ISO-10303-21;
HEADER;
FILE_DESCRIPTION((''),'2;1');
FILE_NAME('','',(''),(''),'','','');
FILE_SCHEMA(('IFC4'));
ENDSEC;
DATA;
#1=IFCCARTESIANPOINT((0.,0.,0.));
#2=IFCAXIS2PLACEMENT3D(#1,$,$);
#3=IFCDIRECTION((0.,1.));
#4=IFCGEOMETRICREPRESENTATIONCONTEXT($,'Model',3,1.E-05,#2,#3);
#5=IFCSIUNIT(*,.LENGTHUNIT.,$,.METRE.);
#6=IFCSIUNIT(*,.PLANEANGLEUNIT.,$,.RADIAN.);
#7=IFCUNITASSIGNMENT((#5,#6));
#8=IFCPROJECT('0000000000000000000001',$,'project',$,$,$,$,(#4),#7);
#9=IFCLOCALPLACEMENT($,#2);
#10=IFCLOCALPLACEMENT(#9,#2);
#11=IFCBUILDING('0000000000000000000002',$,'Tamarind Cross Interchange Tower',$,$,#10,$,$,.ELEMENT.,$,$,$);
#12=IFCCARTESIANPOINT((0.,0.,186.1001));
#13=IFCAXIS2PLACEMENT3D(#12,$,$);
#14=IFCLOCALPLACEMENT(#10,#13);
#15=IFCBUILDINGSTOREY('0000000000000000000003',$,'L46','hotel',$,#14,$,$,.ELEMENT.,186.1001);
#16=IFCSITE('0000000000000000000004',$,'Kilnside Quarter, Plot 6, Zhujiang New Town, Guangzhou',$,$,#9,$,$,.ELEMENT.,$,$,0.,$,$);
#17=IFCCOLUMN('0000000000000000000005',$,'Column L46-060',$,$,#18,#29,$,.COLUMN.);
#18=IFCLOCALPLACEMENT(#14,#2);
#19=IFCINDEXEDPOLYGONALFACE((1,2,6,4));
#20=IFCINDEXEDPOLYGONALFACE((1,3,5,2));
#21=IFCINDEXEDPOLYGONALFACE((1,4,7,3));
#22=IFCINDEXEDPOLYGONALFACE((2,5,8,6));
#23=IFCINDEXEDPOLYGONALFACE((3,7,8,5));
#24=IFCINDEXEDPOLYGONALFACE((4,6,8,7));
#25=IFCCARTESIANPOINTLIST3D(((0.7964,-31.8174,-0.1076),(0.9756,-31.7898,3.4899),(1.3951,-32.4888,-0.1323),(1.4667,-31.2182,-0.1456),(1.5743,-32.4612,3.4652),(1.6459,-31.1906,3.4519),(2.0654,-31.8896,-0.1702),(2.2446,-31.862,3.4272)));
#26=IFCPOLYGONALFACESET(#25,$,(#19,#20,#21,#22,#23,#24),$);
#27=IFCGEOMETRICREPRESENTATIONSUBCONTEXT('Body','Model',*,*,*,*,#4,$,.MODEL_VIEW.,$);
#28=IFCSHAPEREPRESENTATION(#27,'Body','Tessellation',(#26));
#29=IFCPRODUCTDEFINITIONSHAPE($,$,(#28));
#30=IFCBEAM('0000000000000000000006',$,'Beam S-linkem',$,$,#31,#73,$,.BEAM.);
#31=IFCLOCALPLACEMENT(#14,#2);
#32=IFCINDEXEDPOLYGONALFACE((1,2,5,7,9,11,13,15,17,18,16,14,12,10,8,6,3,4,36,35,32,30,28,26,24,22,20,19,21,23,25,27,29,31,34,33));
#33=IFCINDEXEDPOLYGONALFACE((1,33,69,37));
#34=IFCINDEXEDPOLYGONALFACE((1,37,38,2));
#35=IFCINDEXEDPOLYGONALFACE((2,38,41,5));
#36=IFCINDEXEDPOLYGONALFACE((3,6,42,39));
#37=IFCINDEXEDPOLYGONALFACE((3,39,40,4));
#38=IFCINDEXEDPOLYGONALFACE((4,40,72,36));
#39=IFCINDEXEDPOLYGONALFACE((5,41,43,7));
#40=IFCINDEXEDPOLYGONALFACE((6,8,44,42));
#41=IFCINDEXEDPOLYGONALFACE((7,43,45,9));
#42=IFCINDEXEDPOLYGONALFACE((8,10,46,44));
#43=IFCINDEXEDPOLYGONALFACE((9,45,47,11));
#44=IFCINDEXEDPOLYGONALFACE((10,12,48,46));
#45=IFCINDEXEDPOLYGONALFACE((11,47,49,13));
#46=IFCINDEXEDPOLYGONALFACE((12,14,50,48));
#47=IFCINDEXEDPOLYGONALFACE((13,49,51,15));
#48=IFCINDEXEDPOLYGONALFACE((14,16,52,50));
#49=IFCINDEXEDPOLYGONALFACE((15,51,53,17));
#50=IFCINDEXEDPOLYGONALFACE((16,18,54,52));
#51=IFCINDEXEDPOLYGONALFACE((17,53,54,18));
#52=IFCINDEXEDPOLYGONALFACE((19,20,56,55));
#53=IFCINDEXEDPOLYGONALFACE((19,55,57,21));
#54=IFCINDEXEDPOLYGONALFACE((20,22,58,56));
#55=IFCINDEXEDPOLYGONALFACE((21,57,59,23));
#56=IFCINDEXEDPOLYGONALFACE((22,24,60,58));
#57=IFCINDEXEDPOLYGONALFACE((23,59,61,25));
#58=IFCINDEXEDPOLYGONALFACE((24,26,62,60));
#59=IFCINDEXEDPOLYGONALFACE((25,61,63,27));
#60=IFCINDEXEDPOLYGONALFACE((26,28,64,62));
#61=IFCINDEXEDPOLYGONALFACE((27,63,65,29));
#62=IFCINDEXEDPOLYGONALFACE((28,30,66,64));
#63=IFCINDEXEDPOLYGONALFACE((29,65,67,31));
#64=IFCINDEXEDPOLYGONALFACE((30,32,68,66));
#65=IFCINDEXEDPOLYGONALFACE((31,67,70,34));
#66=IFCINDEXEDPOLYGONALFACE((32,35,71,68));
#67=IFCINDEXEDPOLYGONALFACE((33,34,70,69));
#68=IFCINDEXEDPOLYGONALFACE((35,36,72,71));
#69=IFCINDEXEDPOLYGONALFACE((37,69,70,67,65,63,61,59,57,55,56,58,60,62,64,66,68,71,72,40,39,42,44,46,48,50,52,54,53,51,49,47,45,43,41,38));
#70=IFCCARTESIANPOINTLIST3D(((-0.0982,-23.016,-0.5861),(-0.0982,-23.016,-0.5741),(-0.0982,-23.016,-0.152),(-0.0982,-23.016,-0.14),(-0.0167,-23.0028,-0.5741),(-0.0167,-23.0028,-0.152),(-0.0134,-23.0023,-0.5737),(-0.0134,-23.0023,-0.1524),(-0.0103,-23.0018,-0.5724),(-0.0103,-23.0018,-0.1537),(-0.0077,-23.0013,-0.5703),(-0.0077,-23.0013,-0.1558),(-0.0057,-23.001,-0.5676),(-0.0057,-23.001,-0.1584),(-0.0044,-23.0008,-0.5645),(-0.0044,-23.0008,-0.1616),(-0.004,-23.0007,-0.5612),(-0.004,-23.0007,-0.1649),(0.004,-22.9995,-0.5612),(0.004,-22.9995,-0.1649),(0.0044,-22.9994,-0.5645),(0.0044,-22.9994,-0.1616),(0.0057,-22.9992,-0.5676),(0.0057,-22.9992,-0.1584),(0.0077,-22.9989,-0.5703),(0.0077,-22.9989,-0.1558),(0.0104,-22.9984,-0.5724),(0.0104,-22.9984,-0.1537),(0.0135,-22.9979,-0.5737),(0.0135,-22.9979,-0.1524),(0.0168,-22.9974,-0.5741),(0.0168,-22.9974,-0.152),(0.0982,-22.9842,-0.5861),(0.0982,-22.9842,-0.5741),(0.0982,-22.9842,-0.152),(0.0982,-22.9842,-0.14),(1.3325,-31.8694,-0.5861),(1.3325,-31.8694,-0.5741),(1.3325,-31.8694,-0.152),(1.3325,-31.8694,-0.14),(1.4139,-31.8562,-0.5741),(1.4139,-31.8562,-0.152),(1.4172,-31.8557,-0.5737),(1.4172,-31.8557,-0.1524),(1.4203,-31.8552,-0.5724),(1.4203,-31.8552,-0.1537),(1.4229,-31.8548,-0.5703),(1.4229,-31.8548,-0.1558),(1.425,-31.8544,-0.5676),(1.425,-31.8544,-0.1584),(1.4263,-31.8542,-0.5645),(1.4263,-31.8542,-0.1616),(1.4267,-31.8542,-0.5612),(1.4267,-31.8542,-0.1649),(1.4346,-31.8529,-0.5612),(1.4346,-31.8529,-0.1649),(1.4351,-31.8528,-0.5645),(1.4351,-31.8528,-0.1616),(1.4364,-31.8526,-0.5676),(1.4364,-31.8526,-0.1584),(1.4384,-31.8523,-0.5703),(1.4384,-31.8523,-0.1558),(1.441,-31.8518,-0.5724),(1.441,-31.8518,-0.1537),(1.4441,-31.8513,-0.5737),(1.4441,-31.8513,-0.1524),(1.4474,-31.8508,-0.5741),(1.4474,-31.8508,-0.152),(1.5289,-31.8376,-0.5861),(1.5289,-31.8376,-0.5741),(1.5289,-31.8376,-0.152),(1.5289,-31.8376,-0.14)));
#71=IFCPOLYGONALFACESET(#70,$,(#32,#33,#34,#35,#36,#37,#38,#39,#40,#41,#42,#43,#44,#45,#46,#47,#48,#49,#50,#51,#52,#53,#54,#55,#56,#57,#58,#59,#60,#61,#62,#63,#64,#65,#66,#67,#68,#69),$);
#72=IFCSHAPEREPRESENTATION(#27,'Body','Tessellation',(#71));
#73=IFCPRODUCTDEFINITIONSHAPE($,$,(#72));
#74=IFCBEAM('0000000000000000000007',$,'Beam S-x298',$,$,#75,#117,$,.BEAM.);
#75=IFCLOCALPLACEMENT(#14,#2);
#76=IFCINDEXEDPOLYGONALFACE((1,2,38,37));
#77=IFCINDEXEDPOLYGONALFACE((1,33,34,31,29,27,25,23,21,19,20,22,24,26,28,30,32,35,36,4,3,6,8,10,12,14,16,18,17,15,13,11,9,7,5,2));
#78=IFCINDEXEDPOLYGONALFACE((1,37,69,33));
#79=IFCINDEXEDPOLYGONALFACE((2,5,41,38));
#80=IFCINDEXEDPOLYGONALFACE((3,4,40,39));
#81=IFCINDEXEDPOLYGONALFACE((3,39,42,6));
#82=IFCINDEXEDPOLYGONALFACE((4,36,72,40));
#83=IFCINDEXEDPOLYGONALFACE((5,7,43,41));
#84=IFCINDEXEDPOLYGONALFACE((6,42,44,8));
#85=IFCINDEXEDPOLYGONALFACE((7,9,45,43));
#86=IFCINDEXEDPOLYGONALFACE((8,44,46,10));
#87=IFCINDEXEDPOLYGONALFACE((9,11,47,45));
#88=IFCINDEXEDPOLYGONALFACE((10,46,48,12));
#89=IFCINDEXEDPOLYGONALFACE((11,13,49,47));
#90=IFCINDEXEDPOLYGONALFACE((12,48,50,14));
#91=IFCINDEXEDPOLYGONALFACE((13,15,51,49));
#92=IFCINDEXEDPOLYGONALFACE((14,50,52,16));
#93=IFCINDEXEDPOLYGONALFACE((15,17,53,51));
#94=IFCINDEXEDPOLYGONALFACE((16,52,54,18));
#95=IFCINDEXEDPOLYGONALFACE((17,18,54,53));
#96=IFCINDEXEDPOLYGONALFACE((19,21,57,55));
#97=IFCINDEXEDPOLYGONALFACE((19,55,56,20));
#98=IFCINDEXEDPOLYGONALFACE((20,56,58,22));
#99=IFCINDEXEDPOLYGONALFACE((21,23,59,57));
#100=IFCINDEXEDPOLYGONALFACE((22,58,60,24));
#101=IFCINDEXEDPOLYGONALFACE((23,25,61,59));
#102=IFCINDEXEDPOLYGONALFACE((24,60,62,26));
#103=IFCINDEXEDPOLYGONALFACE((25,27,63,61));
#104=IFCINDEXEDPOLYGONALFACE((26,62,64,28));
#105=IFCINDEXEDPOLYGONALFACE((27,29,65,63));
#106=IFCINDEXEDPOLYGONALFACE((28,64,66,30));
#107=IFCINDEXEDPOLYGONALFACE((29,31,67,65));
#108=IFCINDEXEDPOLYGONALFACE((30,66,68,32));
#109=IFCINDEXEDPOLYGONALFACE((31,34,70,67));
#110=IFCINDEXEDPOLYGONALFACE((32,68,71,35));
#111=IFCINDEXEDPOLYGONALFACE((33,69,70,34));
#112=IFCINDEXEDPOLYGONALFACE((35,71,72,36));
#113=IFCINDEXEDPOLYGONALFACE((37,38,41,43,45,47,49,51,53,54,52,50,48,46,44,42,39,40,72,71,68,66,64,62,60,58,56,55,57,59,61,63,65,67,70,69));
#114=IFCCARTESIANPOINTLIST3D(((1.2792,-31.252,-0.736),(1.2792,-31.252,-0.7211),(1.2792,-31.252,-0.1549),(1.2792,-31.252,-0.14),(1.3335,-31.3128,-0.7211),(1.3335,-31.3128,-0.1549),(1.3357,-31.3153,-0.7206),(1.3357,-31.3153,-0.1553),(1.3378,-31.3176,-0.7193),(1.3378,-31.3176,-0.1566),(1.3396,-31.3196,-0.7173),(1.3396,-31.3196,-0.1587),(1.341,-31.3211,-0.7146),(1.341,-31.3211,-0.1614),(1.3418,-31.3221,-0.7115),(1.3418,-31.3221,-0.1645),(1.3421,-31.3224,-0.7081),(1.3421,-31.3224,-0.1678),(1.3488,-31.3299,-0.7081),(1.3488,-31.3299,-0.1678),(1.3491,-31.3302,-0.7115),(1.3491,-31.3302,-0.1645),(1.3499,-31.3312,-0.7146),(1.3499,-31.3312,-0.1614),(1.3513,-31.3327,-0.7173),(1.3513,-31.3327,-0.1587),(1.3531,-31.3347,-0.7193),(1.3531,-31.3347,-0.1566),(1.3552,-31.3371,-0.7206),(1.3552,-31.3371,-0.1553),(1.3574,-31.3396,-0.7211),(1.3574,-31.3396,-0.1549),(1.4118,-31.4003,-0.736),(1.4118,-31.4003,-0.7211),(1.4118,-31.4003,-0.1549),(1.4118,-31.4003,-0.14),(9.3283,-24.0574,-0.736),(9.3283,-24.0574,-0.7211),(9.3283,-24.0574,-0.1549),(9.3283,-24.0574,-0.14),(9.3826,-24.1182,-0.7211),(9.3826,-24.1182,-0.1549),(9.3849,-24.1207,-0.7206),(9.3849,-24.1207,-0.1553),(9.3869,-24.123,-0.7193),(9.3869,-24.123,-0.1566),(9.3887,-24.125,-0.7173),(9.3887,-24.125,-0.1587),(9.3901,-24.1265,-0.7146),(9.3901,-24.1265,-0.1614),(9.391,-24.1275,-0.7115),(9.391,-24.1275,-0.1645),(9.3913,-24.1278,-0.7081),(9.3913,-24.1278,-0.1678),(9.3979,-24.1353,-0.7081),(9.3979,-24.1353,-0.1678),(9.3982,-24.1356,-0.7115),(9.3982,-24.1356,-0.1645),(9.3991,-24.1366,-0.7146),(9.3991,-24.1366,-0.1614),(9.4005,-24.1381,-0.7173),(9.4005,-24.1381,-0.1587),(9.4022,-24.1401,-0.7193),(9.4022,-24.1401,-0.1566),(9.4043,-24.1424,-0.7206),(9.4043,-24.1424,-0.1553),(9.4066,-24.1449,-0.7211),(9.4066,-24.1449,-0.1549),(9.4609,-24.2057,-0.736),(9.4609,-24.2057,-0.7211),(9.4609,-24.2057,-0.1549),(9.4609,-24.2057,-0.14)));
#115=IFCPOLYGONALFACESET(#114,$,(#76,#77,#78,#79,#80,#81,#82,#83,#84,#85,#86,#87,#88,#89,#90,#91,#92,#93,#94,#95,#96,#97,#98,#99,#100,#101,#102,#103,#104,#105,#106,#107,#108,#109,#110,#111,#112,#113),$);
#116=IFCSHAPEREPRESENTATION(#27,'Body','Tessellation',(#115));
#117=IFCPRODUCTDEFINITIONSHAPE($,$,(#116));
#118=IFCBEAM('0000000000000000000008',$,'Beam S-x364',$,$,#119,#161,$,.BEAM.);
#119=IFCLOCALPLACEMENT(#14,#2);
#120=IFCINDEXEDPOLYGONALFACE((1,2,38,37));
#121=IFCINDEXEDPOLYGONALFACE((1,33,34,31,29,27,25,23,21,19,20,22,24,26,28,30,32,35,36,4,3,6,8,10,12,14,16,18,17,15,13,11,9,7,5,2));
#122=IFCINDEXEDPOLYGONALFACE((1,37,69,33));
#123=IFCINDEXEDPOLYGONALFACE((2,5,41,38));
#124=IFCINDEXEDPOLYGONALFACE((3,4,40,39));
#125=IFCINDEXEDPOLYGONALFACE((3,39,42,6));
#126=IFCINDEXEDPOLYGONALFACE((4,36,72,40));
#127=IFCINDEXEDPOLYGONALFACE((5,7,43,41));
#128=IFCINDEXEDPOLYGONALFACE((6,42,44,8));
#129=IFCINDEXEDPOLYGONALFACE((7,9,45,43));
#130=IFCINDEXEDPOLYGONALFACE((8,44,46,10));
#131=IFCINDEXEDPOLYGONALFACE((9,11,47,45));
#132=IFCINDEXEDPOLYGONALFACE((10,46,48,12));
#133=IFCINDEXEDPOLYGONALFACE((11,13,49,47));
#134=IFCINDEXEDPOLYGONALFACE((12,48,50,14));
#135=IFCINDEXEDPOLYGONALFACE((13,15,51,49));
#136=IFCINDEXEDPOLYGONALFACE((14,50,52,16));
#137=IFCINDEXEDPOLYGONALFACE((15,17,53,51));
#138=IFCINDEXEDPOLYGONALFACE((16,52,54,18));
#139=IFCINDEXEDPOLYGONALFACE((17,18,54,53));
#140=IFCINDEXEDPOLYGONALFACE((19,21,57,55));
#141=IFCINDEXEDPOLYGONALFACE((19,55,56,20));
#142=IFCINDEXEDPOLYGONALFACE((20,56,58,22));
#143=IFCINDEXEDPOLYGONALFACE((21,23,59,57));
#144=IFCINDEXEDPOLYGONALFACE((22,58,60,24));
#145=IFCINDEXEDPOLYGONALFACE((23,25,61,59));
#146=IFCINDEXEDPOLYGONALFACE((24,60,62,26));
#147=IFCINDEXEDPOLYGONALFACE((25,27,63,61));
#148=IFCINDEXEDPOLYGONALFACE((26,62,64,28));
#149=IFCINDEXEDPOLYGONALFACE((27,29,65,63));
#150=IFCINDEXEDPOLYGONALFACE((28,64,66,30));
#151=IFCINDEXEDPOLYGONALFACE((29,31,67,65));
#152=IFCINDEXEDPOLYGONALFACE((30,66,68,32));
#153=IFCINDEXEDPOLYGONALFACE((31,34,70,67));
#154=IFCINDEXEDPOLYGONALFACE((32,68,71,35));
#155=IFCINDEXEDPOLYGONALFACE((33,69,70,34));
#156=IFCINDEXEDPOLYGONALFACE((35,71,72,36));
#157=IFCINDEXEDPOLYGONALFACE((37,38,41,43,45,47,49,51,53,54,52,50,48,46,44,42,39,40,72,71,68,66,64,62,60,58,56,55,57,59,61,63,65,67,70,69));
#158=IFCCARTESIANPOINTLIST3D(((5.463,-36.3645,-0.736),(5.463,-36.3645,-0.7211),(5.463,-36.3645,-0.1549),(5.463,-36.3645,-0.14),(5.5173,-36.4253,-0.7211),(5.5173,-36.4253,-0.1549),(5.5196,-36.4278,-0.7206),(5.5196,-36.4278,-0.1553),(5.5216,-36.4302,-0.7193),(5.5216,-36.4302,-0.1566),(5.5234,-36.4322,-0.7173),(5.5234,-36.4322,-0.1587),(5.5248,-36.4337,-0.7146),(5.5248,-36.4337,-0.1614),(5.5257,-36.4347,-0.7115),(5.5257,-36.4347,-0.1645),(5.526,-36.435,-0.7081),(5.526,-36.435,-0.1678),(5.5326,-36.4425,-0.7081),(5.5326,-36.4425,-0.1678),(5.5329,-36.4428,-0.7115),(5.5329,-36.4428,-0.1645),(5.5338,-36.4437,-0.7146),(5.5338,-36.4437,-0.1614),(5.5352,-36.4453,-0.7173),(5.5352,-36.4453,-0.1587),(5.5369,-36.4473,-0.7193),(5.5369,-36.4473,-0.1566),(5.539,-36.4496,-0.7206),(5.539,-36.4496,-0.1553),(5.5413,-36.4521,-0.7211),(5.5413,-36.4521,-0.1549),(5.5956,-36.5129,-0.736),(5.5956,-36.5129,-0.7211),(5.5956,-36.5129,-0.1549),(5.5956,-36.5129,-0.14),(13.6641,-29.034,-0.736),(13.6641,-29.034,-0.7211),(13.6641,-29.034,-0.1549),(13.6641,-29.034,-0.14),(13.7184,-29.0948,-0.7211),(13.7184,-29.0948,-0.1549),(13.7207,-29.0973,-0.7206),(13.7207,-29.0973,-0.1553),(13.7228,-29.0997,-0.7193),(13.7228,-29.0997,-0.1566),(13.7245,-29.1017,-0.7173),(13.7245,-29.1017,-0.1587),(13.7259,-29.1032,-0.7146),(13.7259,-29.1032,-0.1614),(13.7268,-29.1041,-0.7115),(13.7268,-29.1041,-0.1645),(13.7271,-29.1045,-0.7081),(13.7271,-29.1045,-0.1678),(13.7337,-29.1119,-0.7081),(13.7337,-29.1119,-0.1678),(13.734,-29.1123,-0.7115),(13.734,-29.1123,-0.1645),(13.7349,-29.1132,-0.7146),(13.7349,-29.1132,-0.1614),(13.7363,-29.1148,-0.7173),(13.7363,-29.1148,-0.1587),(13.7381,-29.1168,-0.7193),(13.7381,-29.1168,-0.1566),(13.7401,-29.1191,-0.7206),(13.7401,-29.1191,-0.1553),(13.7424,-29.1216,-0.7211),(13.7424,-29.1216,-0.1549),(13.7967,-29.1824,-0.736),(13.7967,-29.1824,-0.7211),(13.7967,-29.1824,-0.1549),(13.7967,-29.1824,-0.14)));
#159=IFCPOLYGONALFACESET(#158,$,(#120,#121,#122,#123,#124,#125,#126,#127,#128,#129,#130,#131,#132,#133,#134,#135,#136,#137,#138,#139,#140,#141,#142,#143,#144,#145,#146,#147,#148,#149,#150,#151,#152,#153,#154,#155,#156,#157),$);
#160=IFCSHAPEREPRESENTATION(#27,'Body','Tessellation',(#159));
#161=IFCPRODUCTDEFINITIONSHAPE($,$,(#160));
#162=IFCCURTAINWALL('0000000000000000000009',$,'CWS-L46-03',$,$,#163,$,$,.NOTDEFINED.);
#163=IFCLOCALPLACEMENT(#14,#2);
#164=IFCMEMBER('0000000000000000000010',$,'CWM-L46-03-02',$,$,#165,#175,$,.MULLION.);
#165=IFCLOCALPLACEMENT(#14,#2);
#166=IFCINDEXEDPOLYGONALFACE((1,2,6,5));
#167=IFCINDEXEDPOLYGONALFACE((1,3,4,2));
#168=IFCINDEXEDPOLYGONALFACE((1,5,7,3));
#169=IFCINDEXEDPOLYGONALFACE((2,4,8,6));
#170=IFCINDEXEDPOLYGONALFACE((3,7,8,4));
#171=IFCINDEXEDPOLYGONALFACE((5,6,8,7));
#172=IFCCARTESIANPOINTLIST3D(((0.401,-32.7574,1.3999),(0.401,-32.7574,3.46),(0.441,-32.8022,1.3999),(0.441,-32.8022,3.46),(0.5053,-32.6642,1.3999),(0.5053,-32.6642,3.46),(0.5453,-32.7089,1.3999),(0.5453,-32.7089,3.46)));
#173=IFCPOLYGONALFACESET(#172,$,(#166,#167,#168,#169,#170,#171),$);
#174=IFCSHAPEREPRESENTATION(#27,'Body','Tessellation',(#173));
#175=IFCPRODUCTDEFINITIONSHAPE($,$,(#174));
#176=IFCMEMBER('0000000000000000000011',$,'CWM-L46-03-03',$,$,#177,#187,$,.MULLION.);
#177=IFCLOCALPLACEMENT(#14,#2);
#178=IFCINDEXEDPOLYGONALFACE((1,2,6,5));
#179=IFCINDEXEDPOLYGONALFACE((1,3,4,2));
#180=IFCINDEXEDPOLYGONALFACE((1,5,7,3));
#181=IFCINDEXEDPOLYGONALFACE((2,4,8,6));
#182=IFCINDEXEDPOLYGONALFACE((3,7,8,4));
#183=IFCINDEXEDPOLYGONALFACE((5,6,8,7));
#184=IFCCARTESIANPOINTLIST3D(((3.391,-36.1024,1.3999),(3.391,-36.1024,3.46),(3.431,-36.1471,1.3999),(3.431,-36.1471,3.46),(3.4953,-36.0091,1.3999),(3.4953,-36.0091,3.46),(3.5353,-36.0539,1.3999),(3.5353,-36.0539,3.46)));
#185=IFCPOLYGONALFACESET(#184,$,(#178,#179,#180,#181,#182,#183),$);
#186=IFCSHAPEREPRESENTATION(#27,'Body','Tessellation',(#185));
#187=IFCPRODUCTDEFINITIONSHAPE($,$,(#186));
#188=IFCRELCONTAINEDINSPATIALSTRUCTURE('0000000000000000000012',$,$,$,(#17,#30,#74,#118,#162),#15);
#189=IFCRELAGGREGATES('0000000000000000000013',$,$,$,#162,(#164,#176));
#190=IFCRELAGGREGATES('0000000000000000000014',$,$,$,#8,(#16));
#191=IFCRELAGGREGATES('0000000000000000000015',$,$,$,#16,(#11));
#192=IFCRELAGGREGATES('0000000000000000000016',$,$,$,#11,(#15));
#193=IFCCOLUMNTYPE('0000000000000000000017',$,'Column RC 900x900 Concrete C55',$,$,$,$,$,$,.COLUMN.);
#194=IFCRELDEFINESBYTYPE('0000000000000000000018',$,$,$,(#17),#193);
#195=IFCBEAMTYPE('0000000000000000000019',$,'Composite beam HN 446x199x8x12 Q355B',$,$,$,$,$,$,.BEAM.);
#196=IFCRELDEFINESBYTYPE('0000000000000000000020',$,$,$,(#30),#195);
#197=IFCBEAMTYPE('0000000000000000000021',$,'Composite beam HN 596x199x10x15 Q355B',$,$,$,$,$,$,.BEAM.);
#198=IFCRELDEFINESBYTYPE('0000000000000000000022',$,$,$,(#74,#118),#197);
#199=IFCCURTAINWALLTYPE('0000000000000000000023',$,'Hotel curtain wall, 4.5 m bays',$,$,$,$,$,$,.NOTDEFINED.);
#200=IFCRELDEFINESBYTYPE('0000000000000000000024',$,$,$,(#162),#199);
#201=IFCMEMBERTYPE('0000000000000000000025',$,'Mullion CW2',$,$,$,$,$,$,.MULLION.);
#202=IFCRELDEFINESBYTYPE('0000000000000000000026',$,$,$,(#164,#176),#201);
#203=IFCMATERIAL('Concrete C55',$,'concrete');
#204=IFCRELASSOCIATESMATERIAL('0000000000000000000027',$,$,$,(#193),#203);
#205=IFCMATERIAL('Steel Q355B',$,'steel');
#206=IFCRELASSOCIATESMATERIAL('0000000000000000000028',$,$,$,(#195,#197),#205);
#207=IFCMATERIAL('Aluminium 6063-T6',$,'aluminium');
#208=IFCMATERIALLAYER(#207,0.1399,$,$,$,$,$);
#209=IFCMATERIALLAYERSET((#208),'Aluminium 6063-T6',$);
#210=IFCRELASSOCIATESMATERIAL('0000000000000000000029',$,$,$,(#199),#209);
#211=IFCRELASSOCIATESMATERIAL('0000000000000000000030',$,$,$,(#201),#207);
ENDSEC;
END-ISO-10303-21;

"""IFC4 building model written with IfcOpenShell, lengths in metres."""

from ifc_helpers import new_model, si_unit, direction, frame, origin, origin_2d, place, context, subcontext, project, spatial, rectangle, i_section, extrude, material, layer, layer_set, material_profile, profile_set, type_object, element, aggregate, save


model = new_model("IFC4")

# Units and contexts
model_context = context("Model", 3, precision=1e-05, world=origin(), true_north=direction((0.0, 1.0)))
body_context = subcontext(model_context, "Body", "Model", "MODEL_VIEW")
ifc_project = project(units=[si_unit("LENGTHUNIT", "METRE"), si_unit("PLANEANGLEUNIT", "RADIAN")], contexts=[model_context])

# Site, building, storey
site_placement = place(None, origin())
site = spatial("IfcSite", under=ifc_project, at=site_placement, Name="Kilnside Quarter, Plot 6, Zhujiang New Town, Guangzhou", CompositionType="ELEMENT", RefElevation=0.0)
building_placement = place(site_placement, origin())
building = spatial("IfcBuilding", under=site, at=building_placement, Name="Tamarind Cross Interchange Tower", CompositionType="ELEMENT")
storey_placement = place(building_placement, frame((0.0, 0.0, 186.1001)))
storey = spatial("IfcBuildingStorey", under=building, at=storey_placement, Name="L46", Description="hotel", CompositionType="ELEMENT", Elevation=186.1001)

# Column
ifc_material_1 = material(Name="Concrete C55", Category="concrete")
ifc_material_profile_1 = material_profile(ifc_material_1, rectangle(XDim=0.8999, YDim=0.8999, at=origin_2d()), Name="RC 900x900")
ifc_profile_set_1 = profile_set([ifc_material_profile_1], Name="Concrete C55")
column_type = type_object("IfcColumnType", Name="Column RC 900x900 Concrete C55", PredefinedType="COLUMN", material=ifc_profile_set_1)
column_placement = place(storey_placement, frame((1.4309, -31.8535, -0.1389), z_axis=(0.04975, 0.007659, 0.998732), x_axis=(-0.665331, 0.746045, 0.027421)))
element("IfcColumn", 1, at=column_placement, inside=storey, type_object=column_type, Name="Column L46-060", PredefinedType="COLUMN", context=body_context, shape_type="SweptSolid", body=[
    extrude(rectangle(XDim=0.8999, YDim=0.8999, at=origin_2d()), origin(), (0.0, 0.0, 1.0), 3.6021),
])

# Beams
ifc_material_2 = material(Name="Steel Q355B", Category="steel")
ifc_material_profile_2 = material_profile(ifc_material_2, i_section(OverallWidth=0.199, OverallDepth=0.446, WebThickness=0.0081, FlangeThickness=0.012, FilletRadius=0.0129, at=origin_2d()), Name="HN 446x199x8x12")
ifc_profile_set_2 = profile_set([ifc_material_profile_2], Name="Steel Q355B")
beam_type_1 = type_object("IfcBeamType", Name="Composite beam HN 446x199x8x12 Q355B", PredefinedType="BEAM", material=ifc_profile_set_2)
beam_1_placement = place(storey_placement, frame((1.4307, -31.8535, -0.363), z_axis=(-0.159523, 0.987194, 0.0), x_axis=(-0.987194, -0.159523, 0.0)))
element("IfcBeam", 2, at=beam_1_placement, inside=storey, type_object=beam_type_1, Name="Beam S-linkem", PredefinedType="BEAM", context=body_context, shape_type="SweptSolid", body=[
    extrude(i_section(OverallWidth=0.199, OverallDepth=0.446, WebThickness=0.0081, FlangeThickness=0.012, FilletRadius=0.0129, at=origin_2d()), origin(), (0.0, 0.0, 1.0), 8.9683),
])
ifc_material_profile_3 = material_profile(ifc_material_2, i_section(OverallWidth=0.199, OverallDepth=0.5959, WebThickness=0.01, FlangeThickness=0.0149, FilletRadius=0.0129, at=origin_2d()), Name="HN 596x199x10x15")
ifc_profile_set_3 = profile_set([ifc_material_profile_3], Name="Steel Q355B")
beam_type_2 = type_object("IfcBeamType", Name="Composite beam HN 596x199x10x15 Q355B", PredefinedType="BEAM", material=ifc_profile_set_3)
beam_2_placement = place(storey_placement, frame((1.3455, -31.3262, -0.438), z_axis=(0.745574, 0.666423, 0.0), x_axis=(-0.666423, 0.745574, 0.0)))
element("IfcBeam", 3, at=beam_2_placement, inside=storey, type_object=beam_type_2, Name="Beam S-x298", PredefinedType="BEAM", context=body_context, shape_type="SweptSolid", body=[
    extrude(i_section(OverallWidth=0.199, OverallDepth=0.5959, WebThickness=0.01, FlangeThickness=0.0149, FilletRadius=0.0129, at=origin_2d()), origin(), (0.0, 0.0, 1.0), 10.7959),
])
beam_3_placement = place(storey_placement, frame((5.5293, -36.4387, -0.438), z_axis=(0.745572, 0.666425, 0.0), x_axis=(-0.666425, 0.745572, 0.0)))
element("IfcBeam", 4, at=beam_3_placement, inside=storey, type_object=beam_type_2, Name="Beam S-x364", PredefinedType="BEAM", context=body_context, shape_type="SweptSolid", body=[
    extrude(i_section(OverallWidth=0.199, OverallDepth=0.5959, WebThickness=0.01, FlangeThickness=0.0149, FilletRadius=0.0129, at=origin_2d()), origin(), (0.0, 0.0, 1.0), 10.9998),
])

# Curtain wall, members
ifc_material_3 = material(Name="Aluminium 6063-T6", Category="aluminium")
ifc_layer_1 = layer(ifc_material_3, 0.1399)
ifc_layer_set_1 = layer_set([ifc_layer_1], Name="Aluminium 6063-T6")
curtain_wall_type = type_object("IfcCurtainWallType", Name="Hotel curtain wall, 4.5 m bays", PredefinedType="NOTDEFINED", material=ifc_layer_set_1)
curtain_wall_placement = place(storey_placement, origin())
curtain_wall = element("IfcCurtainWall", 5, at=curtain_wall_placement, inside=storey, type_object=curtain_wall_type, Name="CWS-L46-03", PredefinedType="NOTDEFINED")
ifc_material_profile_4 = material_profile(ifc_material_3, rectangle(XDim=0.0601, YDim=0.1399, at=origin_2d()), Name="Mullion CW2")
ifc_profile_set_4 = profile_set([ifc_material_profile_4], Name="Aluminium 6063-T6")
member_type = type_object("IfcMemberType", Name="Mullion CW2", PredefinedType="MULLION", material=ifc_profile_set_4)
member_1_placement = place(storey_placement, frame((0.4731, -32.7332, 1.3999), z_axis=(0.0, 0.0, 1.0), x_axis=(0.666428, -0.745569, 0.0)))
member_1 = element("IfcMember", 6, at=member_1_placement, type_object=member_type, Name="CWM-L46-03-02", PredefinedType="MULLION", context=body_context, shape_type="SweptSolid", body=[
    extrude(rectangle(XDim=0.0601, YDim=0.1399, at=origin_2d()), origin(), (0.0, 0.0, 1.0), 2.0601),
])
member_2_placement = place(storey_placement, frame((3.4631, -36.0781, 1.3999), z_axis=(0.0, 0.0, 1.0), x_axis=(0.666428, -0.745569, 0.0)))
member_2 = element("IfcMember", 7, at=member_2_placement, type_object=member_type, Name="CWM-L46-03-03", PredefinedType="MULLION", context=body_context, shape_type="SweptSolid", body=[
    extrude(rectangle(XDim=0.0601, YDim=0.1399, at=origin_2d()), origin(), (0.0, 0.0, 1.0), 2.0601),
])
aggregate(curtain_wall, [member_1, member_2])

save(model, "model.ifc")
